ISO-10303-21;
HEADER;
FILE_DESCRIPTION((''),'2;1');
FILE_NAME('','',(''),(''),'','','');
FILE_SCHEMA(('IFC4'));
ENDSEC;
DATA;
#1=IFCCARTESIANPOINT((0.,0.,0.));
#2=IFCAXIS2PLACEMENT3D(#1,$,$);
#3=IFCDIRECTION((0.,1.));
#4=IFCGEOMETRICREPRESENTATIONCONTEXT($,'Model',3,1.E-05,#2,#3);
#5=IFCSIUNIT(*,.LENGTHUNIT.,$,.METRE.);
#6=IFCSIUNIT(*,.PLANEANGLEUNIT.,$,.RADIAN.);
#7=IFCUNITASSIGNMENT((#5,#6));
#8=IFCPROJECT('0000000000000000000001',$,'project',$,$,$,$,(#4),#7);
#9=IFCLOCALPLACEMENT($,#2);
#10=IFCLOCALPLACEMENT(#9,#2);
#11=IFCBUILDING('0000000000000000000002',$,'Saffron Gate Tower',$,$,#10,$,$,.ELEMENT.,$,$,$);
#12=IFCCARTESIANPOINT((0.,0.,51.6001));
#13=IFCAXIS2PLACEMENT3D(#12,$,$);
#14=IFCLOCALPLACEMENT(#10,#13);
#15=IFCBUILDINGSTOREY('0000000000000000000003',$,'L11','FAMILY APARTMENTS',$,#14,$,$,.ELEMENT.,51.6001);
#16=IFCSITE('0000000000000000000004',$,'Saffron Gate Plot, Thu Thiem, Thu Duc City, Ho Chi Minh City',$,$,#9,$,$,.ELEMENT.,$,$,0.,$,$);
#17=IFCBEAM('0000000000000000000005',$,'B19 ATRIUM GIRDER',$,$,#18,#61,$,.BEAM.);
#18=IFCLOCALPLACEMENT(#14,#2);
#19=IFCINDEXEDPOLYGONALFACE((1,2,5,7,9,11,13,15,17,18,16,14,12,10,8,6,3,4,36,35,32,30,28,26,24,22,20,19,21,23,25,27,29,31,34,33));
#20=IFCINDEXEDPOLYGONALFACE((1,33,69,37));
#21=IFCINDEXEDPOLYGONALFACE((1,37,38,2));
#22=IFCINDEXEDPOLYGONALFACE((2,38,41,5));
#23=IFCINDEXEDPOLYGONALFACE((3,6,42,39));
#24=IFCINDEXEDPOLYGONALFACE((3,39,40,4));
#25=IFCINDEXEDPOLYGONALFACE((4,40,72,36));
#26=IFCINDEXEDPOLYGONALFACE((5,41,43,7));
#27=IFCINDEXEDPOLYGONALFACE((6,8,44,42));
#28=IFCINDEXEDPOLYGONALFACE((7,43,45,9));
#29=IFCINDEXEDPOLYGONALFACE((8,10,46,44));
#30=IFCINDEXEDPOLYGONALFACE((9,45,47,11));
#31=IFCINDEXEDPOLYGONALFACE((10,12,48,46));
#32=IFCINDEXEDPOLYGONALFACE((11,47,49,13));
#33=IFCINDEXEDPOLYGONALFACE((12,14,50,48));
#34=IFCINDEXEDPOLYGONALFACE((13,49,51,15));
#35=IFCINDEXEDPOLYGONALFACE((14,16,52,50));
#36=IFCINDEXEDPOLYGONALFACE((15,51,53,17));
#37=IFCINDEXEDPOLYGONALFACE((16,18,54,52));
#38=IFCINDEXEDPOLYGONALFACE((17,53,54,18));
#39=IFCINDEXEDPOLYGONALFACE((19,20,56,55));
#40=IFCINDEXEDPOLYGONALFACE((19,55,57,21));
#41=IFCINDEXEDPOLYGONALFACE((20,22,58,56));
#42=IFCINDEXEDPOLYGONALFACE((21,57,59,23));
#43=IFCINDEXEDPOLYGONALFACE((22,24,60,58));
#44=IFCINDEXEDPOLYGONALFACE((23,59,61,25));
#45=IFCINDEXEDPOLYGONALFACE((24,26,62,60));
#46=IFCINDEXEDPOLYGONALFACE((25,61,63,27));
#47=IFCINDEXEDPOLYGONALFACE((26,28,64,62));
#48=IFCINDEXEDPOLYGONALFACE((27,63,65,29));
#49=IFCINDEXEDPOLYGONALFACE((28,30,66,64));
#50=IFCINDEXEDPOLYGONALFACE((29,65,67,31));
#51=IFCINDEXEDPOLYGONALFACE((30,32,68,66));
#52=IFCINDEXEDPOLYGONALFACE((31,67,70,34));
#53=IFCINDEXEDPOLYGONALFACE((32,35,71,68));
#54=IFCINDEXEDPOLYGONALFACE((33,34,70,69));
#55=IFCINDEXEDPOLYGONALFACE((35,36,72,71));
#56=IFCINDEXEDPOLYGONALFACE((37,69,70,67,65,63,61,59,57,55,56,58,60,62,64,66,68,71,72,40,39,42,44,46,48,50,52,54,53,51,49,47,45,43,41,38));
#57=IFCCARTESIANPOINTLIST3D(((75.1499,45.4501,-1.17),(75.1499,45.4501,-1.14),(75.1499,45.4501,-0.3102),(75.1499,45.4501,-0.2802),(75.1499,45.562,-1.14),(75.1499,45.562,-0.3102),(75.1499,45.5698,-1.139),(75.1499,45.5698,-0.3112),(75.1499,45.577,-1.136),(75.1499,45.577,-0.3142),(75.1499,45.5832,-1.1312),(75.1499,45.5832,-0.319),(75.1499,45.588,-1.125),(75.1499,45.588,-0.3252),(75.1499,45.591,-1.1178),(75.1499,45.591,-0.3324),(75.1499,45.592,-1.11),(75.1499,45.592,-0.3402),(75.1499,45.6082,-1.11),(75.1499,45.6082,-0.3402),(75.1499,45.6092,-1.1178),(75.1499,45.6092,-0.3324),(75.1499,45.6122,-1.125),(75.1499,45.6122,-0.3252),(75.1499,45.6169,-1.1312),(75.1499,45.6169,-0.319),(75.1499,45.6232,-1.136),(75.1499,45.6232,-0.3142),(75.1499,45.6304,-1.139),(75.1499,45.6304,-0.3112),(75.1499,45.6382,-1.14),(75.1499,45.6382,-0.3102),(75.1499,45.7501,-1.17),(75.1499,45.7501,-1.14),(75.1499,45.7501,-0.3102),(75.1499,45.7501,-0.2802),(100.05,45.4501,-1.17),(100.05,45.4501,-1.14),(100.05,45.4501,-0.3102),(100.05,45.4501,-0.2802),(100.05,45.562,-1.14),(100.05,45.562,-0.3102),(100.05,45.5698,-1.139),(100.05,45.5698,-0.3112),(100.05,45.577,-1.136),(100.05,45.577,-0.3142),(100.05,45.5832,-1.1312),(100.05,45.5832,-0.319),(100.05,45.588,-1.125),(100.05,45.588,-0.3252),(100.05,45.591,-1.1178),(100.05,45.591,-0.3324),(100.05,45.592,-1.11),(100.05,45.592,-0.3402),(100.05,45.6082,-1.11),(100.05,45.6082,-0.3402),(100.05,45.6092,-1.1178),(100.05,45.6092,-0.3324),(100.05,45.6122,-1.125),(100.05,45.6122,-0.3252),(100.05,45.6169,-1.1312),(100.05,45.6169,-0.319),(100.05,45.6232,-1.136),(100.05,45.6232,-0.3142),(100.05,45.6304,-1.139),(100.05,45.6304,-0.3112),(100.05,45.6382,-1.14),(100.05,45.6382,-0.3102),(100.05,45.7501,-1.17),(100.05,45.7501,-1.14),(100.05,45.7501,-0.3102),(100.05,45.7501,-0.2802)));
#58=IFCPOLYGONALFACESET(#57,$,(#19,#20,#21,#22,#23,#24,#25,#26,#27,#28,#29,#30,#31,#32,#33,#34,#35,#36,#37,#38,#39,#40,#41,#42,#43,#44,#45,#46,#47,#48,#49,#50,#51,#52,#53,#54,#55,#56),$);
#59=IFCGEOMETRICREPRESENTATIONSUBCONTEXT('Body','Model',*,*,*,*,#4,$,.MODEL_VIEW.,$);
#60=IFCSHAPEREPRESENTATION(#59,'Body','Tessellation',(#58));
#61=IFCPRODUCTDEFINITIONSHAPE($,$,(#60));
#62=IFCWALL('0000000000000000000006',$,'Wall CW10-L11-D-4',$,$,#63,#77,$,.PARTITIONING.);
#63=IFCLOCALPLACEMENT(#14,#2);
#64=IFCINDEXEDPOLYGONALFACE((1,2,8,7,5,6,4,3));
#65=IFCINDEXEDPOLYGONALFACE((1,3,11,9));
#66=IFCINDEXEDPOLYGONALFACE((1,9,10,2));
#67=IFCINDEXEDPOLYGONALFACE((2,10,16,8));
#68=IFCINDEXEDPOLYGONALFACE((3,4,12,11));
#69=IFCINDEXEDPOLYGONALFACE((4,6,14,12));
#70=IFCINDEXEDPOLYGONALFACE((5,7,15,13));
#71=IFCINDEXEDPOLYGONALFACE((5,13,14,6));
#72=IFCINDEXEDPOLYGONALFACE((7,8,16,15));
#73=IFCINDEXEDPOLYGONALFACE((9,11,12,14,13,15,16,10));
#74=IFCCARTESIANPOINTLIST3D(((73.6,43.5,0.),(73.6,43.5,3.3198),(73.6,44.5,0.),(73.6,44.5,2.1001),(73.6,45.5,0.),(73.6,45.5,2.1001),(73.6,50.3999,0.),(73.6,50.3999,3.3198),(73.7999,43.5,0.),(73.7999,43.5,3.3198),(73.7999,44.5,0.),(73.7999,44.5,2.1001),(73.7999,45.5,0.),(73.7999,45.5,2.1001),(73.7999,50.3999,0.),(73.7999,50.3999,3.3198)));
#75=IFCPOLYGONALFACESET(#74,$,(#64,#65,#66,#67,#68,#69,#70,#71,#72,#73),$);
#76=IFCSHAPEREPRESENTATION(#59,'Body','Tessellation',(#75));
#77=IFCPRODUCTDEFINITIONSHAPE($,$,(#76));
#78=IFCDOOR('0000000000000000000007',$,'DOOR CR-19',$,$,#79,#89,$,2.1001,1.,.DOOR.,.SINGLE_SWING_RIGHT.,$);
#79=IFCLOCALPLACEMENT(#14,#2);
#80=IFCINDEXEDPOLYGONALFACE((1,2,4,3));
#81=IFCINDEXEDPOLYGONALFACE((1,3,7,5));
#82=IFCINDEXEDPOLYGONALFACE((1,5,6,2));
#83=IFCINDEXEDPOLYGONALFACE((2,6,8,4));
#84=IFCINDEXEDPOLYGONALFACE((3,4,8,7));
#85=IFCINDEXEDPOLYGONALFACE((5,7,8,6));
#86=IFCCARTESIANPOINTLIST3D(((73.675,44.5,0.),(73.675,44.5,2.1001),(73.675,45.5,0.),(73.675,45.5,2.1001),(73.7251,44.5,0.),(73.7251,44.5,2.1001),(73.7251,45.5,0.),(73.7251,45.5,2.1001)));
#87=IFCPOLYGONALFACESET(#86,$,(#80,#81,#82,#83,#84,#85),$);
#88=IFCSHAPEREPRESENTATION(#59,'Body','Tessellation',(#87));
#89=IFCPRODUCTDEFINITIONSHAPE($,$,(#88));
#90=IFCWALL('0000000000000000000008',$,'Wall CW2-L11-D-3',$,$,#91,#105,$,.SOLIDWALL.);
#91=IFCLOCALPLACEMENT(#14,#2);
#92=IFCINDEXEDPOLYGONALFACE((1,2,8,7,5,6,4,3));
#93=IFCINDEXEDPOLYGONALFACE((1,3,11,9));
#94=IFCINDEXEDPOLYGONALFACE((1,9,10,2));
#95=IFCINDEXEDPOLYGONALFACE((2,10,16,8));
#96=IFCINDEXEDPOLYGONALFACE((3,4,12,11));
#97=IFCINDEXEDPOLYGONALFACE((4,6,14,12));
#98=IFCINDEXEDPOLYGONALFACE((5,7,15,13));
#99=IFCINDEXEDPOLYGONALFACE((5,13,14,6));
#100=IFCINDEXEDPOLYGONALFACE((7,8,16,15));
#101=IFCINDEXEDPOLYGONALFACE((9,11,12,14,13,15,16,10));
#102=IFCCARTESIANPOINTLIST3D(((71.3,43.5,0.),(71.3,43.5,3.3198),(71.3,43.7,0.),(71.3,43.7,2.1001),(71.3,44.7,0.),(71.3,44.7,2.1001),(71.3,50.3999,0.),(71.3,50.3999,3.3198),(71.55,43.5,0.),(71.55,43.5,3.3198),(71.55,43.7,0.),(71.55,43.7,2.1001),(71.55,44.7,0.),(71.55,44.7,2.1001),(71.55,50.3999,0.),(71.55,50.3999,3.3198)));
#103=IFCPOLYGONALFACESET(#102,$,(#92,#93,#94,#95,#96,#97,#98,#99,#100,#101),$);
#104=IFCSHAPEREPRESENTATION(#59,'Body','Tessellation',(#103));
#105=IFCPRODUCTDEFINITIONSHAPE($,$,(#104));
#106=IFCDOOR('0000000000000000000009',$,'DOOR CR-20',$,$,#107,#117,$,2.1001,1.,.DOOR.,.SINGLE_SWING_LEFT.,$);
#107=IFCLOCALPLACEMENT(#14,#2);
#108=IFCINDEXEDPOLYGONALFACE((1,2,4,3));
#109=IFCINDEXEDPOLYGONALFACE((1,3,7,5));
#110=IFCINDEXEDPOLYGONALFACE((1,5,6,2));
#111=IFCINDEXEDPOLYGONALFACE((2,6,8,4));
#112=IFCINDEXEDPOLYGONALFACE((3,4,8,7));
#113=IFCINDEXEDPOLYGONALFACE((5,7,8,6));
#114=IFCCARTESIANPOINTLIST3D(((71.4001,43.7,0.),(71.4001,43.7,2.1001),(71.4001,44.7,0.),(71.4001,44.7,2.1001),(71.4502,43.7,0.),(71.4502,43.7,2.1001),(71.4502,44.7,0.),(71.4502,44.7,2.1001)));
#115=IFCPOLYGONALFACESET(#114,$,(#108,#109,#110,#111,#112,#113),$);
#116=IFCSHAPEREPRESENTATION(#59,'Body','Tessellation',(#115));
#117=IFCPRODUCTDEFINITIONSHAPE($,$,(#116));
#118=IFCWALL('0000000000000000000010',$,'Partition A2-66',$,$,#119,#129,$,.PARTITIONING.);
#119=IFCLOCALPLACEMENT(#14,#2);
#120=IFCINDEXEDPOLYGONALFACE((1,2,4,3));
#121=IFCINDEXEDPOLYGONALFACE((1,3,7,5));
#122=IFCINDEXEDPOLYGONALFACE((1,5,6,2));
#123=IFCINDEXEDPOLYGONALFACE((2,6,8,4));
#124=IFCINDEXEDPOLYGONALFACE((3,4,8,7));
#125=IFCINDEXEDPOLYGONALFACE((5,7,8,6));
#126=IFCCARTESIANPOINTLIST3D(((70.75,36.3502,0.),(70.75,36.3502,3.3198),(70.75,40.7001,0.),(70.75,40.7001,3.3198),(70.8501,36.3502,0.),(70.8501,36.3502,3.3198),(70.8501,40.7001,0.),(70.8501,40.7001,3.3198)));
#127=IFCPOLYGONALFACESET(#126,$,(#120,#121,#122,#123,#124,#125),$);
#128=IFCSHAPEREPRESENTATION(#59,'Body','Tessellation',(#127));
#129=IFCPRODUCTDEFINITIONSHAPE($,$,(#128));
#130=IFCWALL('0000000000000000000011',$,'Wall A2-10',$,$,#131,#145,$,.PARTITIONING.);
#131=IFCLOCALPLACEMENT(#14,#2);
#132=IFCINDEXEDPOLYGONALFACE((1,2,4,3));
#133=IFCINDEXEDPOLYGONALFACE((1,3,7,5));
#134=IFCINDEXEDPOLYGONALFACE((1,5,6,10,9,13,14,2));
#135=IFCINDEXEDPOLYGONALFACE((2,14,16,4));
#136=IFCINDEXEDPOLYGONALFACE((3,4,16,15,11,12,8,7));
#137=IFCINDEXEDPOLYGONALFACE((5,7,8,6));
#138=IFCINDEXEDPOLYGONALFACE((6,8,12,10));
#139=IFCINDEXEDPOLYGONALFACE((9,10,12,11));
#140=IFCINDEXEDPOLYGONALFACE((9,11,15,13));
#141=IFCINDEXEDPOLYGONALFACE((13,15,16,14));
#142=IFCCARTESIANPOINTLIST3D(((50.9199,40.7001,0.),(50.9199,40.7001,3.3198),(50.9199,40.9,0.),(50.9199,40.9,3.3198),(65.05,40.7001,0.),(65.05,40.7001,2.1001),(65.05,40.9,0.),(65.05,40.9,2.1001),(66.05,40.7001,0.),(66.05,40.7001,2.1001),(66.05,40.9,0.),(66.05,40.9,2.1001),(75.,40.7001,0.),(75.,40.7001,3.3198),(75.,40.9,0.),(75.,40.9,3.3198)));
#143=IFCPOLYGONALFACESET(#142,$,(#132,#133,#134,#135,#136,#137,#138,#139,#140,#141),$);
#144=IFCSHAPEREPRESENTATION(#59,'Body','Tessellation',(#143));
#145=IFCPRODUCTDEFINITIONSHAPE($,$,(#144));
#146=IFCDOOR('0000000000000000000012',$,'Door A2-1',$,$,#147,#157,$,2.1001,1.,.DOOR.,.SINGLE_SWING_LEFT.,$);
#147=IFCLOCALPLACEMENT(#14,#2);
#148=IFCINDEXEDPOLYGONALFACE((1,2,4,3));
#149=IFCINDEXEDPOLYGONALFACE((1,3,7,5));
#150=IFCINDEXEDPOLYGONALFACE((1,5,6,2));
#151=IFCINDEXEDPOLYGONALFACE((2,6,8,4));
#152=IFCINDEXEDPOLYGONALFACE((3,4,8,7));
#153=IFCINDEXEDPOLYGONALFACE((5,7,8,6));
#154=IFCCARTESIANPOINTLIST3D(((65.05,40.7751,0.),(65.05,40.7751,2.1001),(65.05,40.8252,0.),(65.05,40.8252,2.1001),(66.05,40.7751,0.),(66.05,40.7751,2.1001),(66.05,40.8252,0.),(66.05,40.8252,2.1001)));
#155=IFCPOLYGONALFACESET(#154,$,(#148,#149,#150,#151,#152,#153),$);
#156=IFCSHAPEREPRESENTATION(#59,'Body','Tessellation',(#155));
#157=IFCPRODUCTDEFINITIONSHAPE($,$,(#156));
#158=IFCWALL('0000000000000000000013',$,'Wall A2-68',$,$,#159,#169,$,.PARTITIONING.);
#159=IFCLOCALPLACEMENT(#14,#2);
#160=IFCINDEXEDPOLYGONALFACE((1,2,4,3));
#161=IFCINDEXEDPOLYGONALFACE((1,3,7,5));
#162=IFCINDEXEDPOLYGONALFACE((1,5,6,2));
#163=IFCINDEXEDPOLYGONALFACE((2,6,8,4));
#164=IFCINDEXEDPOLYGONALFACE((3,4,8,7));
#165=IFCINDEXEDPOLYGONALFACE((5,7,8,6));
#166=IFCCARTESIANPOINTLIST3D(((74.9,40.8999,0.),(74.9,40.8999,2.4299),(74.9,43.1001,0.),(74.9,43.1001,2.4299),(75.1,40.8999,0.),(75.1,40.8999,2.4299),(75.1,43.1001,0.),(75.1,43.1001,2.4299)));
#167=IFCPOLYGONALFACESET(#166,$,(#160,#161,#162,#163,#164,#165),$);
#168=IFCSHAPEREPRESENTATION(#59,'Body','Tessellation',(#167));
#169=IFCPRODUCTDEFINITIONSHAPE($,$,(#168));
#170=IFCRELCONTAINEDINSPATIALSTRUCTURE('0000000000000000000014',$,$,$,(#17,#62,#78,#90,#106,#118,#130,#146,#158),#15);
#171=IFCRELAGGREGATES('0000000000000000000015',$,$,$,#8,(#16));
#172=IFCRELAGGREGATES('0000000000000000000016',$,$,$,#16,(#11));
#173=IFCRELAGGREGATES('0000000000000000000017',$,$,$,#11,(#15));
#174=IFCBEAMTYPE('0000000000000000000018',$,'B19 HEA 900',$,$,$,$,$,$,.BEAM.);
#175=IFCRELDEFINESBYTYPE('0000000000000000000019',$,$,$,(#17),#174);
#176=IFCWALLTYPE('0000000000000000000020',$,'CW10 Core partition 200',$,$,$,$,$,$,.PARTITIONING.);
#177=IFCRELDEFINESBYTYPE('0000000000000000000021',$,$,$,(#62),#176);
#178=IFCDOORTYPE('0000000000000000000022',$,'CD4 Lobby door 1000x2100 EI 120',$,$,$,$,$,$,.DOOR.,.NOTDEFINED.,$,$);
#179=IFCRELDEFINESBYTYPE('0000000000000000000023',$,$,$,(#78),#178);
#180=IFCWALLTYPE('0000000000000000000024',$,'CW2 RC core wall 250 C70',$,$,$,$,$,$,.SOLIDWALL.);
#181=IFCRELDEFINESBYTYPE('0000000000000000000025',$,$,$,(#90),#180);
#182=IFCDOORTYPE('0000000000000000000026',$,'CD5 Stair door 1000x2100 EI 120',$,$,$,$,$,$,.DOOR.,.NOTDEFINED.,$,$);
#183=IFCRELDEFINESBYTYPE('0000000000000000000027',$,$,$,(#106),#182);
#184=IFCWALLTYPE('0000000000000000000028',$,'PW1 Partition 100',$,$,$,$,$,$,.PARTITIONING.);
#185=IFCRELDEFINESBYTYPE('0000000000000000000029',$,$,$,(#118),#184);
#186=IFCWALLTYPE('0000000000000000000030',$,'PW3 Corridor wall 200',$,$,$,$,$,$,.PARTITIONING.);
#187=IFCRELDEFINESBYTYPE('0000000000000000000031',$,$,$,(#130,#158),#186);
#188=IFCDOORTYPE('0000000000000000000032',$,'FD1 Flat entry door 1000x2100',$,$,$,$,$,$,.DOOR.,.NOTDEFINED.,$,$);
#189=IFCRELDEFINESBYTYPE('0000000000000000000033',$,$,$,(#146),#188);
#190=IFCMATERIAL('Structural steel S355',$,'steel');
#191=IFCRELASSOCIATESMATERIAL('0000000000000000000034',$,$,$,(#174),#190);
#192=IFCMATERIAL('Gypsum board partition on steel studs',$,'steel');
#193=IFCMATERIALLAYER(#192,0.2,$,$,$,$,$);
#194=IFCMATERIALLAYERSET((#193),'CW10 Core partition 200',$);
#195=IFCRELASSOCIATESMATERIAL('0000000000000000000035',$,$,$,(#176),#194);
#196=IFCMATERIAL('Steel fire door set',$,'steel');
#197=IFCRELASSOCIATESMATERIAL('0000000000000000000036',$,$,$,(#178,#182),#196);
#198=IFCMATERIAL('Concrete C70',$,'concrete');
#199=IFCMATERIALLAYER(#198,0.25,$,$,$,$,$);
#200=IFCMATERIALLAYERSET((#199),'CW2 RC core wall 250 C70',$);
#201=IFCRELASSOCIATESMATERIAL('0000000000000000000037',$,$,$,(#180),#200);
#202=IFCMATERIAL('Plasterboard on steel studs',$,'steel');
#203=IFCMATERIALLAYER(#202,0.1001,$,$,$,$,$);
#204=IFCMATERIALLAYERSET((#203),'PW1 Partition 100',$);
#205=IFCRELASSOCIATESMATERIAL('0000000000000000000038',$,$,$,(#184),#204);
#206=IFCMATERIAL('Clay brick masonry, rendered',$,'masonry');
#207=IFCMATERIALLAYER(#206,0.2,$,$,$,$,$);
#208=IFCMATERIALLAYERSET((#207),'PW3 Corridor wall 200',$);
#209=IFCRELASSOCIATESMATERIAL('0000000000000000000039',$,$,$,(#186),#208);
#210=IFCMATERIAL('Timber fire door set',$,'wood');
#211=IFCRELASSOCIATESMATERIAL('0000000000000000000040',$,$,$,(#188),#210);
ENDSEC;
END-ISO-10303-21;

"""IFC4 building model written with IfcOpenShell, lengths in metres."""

from ifc_helpers import new_model, si_unit, direction, frame, frame_2d, origin, origin_2d, place, context, subcontext, project, spatial, rectangle, i_section, extrude, material, layer, layer_set, material_profile, profile_set, type_object, element, fill, save


model = new_model("IFC4")

# Units and contexts
model_context = context("Model", 3, precision=1e-05, world=origin(), true_north=direction((0.0, 1.0)))
body_context = subcontext(model_context, "Body", "Model", "MODEL_VIEW")
ifc_project = project(units=[si_unit("LENGTHUNIT", "METRE"), si_unit("PLANEANGLEUNIT", "RADIAN")], contexts=[model_context])

# Site, building, storey
site_placement = place(None, origin())
site = spatial("IfcSite", under=ifc_project, at=site_placement, Name="Saffron Gate Plot, Thu Thiem, Thu Duc City, Ho Chi Minh City", CompositionType="ELEMENT", RefElevation=0.0)
building_placement = place(site_placement, origin())
building = spatial("IfcBuilding", under=site, at=building_placement, Name="Saffron Gate Tower", CompositionType="ELEMENT")
storey_placement = place(building_placement, frame((0.0, 0.0, 51.6001)))
storey = spatial("IfcBuildingStorey", under=building, at=storey_placement, Name="L11", Description="FAMILY APARTMENTS", CompositionType="ELEMENT", Elevation=51.6001)

# Beam
ifc_material_1 = material(Name="Structural steel S355", Category="steel")
ifc_material_profile = material_profile(ifc_material_1, i_section(OverallWidth=0.3, OverallDepth=0.8899, WebThickness=0.0161, FlangeThickness=0.03, FilletRadius=0.03, at=origin_2d()))
ifc_profile_set = profile_set([ifc_material_profile], Name="Structural steel S355")
beam_type = type_object("IfcBeamType", Name="B19 HEA 900", PredefinedType="BEAM", material=ifc_profile_set)
beam_placement = place(storey_placement, frame((75.1499, 45.6001, -0.7251), z_axis=(1.0, 0.0, 0.0), x_axis=(0.0, 1.0, 0.0)))
element("IfcBeam", 1, at=beam_placement, inside=storey, type_object=beam_type, Name="B19 ATRIUM GIRDER", PredefinedType="BEAM", context=body_context, shape_type="SweptSolid", body=[
    extrude(i_section(OverallWidth=0.3, OverallDepth=0.8899, WebThickness=0.0161, FlangeThickness=0.03, FilletRadius=0.03, at=origin_2d()), origin(), (0.0, 0.0, 1.0), 24.9001),
])

# Walls, openings, doors
ifc_material_2 = material(Name="Gypsum board partition on steel studs", Category="steel")
ifc_layer_1 = layer(ifc_material_2, 0.2)
ifc_layer_set_1 = layer_set([ifc_layer_1], Name="CW10 Core partition 200")
wall_type_1 = type_object("IfcWallType", Name="CW10 Core partition 200", PredefinedType="PARTITIONING", material=ifc_layer_set_1)
wall_1_placement = place(storey_placement, frame((73.7, 43.5, 0.0), z_axis=(0.0, 0.0, 1.0), x_axis=(0.0, 1.0, 0.0)))
wall_1 = element("IfcWall", 2, at=wall_1_placement, inside=storey, type_object=wall_type_1, Name="Wall CW10-L11-D-4", PredefinedType="PARTITIONING", context=body_context, shape_type="SweptSolid", body=[
    extrude(rectangle(XDim=6.8999, YDim=0.2, at=frame_2d((3.45, 0.0))), origin(), (0.0, 0.0, 1.0), 3.3198),
])
opening_1_placement = place(wall_1_placement, frame((1.0, 0.0, 0.0)))
opening_1 = element("IfcOpeningElement", 3, at=opening_1_placement, cuts=wall_1, PredefinedType="OPENING", context=body_context, shape_type="SweptSolid", body=[
    extrude(rectangle(XDim=1.0, YDim=2.1001, at=frame_2d((0.5, 1.05))), frame((0.0, 0.1099, 0.0), z_axis=(0.0, -1.0, 0.0), x_axis=(1.0, 0.0, 0.0)), (0.0, 0.0, 1.0), 0.22),
])
ifc_material_3 = material(Name="Steel fire door set", Category="steel")
door_type_1 = type_object("IfcDoorType", Name="CD4 Lobby door 1000x2100 EI 120", OperationType="NOTDEFINED", PredefinedType="DOOR", material=ifc_material_3)
door_1_placement = place(opening_1_placement, origin())
door_1 = element("IfcDoor", 4, at=door_1_placement, inside=storey, type_object=door_type_1, Name="DOOR CR-19", OperationType="SINGLE_SWING_RIGHT", OverallHeight=2.1001, OverallWidth=1.0, PredefinedType="DOOR", context=body_context, shape_type="SweptSolid", body=[
    extrude(rectangle(XDim=1.0, YDim=2.1001, at=frame_2d((0.5, 1.05))), frame((0.0, 0.0249, 0.0), z_axis=(0.0, -1.0, 0.0), x_axis=(1.0, 0.0, 0.0)), (0.0, 0.0, 1.0), 0.05),
])
fill(opening_1, door_1)
ifc_material_4 = material(Name="Concrete C70", Category="concrete")
ifc_layer_2 = layer(ifc_material_4, 0.25)
ifc_layer_set_2 = layer_set([ifc_layer_2], Name="CW2 RC core wall 250 C70")
wall_type_2 = type_object("IfcWallType", Name="CW2 RC core wall 250 C70", PredefinedType="SOLIDWALL", material=ifc_layer_set_2)
wall_2_placement = place(storey_placement, frame((71.425, 43.5, 0.0), z_axis=(0.0, 0.0, 1.0), x_axis=(0.0, 1.0, 0.0)))
wall_2 = element("IfcWall", 5, at=wall_2_placement, inside=storey, type_object=wall_type_2, Name="Wall CW2-L11-D-3", PredefinedType="SOLIDWALL", context=body_context, shape_type="SweptSolid", body=[
    extrude(rectangle(XDim=6.8999, YDim=0.25, at=frame_2d((3.45, 0.0))), origin(), (0.0, 0.0, 1.0), 3.3198),
])
opening_2_placement = place(wall_2_placement, frame((0.2, 0.0, 0.0)))
opening_2 = element("IfcOpeningElement", 6, at=opening_2_placement, cuts=wall_2, PredefinedType="OPENING", context=body_context, shape_type="SweptSolid", body=[
    extrude(rectangle(XDim=1.0, YDim=2.1001, at=frame_2d((0.5, 1.05))), frame((0.0, 0.135, 0.0), z_axis=(0.0, -1.0, 0.0), x_axis=(1.0, 0.0, 0.0)), (0.0, 0.0, 1.0), 0.27),
])
door_type_2 = type_object("IfcDoorType", Name="CD5 Stair door 1000x2100 EI 120", OperationType="NOTDEFINED", PredefinedType="DOOR", material=ifc_material_3)
door_2_placement = place(opening_2_placement, origin())
door_2 = element("IfcDoor", 7, at=door_2_placement, inside=storey, type_object=door_type_2, Name="DOOR CR-20", OperationType="SINGLE_SWING_LEFT", OverallHeight=2.1001, OverallWidth=1.0, PredefinedType="DOOR", context=body_context, shape_type="SweptSolid", body=[
    extrude(rectangle(XDim=1.0, YDim=2.1001, at=frame_2d((0.5, 1.05))), frame((0.0, 0.0249, 0.0), z_axis=(0.0, -1.0, 0.0), x_axis=(1.0, 0.0, 0.0)), (0.0, 0.0, 1.0), 0.05),
])
fill(opening_2, door_2)

# Wall
ifc_material_5 = material(Name="Plasterboard on steel studs", Category="steel")
ifc_layer_3 = layer(ifc_material_5, 0.1001)
ifc_layer_set_3 = layer_set([ifc_layer_3], Name="PW1 Partition 100")
wall_type_3 = type_object("IfcWallType", Name="PW1 Partition 100", PredefinedType="PARTITIONING", material=ifc_layer_set_3)
wall_3_placement = place(storey_placement, frame((70.8, 40.7, 0.0), z_axis=(0.0, 0.0, 1.0), x_axis=(0.0, -1.0, 0.0)))
element("IfcWall", 8, at=wall_3_placement, inside=storey, type_object=wall_type_3, Name="Partition A2-66", PredefinedType="PARTITIONING", context=body_context, shape_type="SweptSolid", body=[
    extrude(rectangle(XDim=4.3499, YDim=0.1001, at=frame_2d((2.1748, 0.0))), origin(), (0.0, 0.0, 1.0), 3.3198),
])

# Wall, opening, door
ifc_material_6 = material(Name="Clay brick masonry, rendered", Category="masonry")
ifc_layer_4 = layer(ifc_material_6, 0.2)
ifc_layer_set_4 = layer_set([ifc_layer_4], Name="PW3 Corridor wall 200")
wall_type_4 = type_object("IfcWallType", Name="PW3 Corridor wall 200", PredefinedType="PARTITIONING", material=ifc_layer_set_4)
wall_4_placement = place(storey_placement, frame((75.0, 40.8, 0.0), z_axis=(0.0, 0.0, 1.0), x_axis=(-1.0, 0.0, 0.0)))
wall_4 = element("IfcWall", 9, at=wall_4_placement, inside=storey, type_object=wall_type_4, Name="Wall A2-10", PredefinedType="PARTITIONING", context=body_context, shape_type="SweptSolid", body=[
    extrude(rectangle(XDim=24.0801, YDim=0.2, at=frame_2d((12.04, 0.0))), origin(), (0.0, 0.0, 1.0), 3.3198),
])
opening_3_placement = place(wall_4_placement, frame((8.95, 0.0, 0.0)))
opening_3 = element("IfcOpeningElement", 10, at=opening_3_placement, cuts=wall_4, PredefinedType="OPENING", context=body_context, shape_type="SweptSolid", body=[
    extrude(rectangle(XDim=1.0, YDim=2.1001, at=frame_2d((0.5, 1.05))), frame((0.0, 0.1099, 0.0), z_axis=(0.0, -1.0, 0.0), x_axis=(1.0, 0.0, 0.0)), (0.0, 0.0, 1.0), 0.22),
])
ifc_material_7 = material(Name="Timber fire door set", Category="wood")
door_type_3 = type_object("IfcDoorType", Name="FD1 Flat entry door 1000x2100", OperationType="NOTDEFINED", PredefinedType="DOOR", material=ifc_material_7)
door_3_placement = place(opening_3_placement, origin())
door_3 = element("IfcDoor", 11, at=door_3_placement, inside=storey, type_object=door_type_3, Name="Door A2-1", OperationType="SINGLE_SWING_LEFT", OverallHeight=2.1001, OverallWidth=1.0, PredefinedType="DOOR", context=body_context, shape_type="SweptSolid", body=[
    extrude(rectangle(XDim=1.0, YDim=2.1001, at=frame_2d((0.5, 1.05))), frame((0.0, 0.0249, 0.0), z_axis=(0.0, -1.0, 0.0), x_axis=(1.0, 0.0, 0.0)), (0.0, 0.0, 1.0), 0.05),
])
fill(opening_3, door_3)

# Wall
wall_5_placement = place(storey_placement, frame((75.0, 43.1001, 0.0), z_axis=(0.0, 0.0, 1.0), x_axis=(0.0, -1.0, 0.0)))
element("IfcWall", 12, at=wall_5_placement, inside=storey, type_object=wall_type_4, Name="Wall A2-68", PredefinedType="PARTITIONING", context=body_context, shape_type="SweptSolid", body=[
    extrude(rectangle(XDim=2.2002, YDim=0.2, at=frame_2d((1.1001, 0.0))), origin(), (0.0, 0.0, 1.0), 2.4299),
])

save(model, "model.ifc")
